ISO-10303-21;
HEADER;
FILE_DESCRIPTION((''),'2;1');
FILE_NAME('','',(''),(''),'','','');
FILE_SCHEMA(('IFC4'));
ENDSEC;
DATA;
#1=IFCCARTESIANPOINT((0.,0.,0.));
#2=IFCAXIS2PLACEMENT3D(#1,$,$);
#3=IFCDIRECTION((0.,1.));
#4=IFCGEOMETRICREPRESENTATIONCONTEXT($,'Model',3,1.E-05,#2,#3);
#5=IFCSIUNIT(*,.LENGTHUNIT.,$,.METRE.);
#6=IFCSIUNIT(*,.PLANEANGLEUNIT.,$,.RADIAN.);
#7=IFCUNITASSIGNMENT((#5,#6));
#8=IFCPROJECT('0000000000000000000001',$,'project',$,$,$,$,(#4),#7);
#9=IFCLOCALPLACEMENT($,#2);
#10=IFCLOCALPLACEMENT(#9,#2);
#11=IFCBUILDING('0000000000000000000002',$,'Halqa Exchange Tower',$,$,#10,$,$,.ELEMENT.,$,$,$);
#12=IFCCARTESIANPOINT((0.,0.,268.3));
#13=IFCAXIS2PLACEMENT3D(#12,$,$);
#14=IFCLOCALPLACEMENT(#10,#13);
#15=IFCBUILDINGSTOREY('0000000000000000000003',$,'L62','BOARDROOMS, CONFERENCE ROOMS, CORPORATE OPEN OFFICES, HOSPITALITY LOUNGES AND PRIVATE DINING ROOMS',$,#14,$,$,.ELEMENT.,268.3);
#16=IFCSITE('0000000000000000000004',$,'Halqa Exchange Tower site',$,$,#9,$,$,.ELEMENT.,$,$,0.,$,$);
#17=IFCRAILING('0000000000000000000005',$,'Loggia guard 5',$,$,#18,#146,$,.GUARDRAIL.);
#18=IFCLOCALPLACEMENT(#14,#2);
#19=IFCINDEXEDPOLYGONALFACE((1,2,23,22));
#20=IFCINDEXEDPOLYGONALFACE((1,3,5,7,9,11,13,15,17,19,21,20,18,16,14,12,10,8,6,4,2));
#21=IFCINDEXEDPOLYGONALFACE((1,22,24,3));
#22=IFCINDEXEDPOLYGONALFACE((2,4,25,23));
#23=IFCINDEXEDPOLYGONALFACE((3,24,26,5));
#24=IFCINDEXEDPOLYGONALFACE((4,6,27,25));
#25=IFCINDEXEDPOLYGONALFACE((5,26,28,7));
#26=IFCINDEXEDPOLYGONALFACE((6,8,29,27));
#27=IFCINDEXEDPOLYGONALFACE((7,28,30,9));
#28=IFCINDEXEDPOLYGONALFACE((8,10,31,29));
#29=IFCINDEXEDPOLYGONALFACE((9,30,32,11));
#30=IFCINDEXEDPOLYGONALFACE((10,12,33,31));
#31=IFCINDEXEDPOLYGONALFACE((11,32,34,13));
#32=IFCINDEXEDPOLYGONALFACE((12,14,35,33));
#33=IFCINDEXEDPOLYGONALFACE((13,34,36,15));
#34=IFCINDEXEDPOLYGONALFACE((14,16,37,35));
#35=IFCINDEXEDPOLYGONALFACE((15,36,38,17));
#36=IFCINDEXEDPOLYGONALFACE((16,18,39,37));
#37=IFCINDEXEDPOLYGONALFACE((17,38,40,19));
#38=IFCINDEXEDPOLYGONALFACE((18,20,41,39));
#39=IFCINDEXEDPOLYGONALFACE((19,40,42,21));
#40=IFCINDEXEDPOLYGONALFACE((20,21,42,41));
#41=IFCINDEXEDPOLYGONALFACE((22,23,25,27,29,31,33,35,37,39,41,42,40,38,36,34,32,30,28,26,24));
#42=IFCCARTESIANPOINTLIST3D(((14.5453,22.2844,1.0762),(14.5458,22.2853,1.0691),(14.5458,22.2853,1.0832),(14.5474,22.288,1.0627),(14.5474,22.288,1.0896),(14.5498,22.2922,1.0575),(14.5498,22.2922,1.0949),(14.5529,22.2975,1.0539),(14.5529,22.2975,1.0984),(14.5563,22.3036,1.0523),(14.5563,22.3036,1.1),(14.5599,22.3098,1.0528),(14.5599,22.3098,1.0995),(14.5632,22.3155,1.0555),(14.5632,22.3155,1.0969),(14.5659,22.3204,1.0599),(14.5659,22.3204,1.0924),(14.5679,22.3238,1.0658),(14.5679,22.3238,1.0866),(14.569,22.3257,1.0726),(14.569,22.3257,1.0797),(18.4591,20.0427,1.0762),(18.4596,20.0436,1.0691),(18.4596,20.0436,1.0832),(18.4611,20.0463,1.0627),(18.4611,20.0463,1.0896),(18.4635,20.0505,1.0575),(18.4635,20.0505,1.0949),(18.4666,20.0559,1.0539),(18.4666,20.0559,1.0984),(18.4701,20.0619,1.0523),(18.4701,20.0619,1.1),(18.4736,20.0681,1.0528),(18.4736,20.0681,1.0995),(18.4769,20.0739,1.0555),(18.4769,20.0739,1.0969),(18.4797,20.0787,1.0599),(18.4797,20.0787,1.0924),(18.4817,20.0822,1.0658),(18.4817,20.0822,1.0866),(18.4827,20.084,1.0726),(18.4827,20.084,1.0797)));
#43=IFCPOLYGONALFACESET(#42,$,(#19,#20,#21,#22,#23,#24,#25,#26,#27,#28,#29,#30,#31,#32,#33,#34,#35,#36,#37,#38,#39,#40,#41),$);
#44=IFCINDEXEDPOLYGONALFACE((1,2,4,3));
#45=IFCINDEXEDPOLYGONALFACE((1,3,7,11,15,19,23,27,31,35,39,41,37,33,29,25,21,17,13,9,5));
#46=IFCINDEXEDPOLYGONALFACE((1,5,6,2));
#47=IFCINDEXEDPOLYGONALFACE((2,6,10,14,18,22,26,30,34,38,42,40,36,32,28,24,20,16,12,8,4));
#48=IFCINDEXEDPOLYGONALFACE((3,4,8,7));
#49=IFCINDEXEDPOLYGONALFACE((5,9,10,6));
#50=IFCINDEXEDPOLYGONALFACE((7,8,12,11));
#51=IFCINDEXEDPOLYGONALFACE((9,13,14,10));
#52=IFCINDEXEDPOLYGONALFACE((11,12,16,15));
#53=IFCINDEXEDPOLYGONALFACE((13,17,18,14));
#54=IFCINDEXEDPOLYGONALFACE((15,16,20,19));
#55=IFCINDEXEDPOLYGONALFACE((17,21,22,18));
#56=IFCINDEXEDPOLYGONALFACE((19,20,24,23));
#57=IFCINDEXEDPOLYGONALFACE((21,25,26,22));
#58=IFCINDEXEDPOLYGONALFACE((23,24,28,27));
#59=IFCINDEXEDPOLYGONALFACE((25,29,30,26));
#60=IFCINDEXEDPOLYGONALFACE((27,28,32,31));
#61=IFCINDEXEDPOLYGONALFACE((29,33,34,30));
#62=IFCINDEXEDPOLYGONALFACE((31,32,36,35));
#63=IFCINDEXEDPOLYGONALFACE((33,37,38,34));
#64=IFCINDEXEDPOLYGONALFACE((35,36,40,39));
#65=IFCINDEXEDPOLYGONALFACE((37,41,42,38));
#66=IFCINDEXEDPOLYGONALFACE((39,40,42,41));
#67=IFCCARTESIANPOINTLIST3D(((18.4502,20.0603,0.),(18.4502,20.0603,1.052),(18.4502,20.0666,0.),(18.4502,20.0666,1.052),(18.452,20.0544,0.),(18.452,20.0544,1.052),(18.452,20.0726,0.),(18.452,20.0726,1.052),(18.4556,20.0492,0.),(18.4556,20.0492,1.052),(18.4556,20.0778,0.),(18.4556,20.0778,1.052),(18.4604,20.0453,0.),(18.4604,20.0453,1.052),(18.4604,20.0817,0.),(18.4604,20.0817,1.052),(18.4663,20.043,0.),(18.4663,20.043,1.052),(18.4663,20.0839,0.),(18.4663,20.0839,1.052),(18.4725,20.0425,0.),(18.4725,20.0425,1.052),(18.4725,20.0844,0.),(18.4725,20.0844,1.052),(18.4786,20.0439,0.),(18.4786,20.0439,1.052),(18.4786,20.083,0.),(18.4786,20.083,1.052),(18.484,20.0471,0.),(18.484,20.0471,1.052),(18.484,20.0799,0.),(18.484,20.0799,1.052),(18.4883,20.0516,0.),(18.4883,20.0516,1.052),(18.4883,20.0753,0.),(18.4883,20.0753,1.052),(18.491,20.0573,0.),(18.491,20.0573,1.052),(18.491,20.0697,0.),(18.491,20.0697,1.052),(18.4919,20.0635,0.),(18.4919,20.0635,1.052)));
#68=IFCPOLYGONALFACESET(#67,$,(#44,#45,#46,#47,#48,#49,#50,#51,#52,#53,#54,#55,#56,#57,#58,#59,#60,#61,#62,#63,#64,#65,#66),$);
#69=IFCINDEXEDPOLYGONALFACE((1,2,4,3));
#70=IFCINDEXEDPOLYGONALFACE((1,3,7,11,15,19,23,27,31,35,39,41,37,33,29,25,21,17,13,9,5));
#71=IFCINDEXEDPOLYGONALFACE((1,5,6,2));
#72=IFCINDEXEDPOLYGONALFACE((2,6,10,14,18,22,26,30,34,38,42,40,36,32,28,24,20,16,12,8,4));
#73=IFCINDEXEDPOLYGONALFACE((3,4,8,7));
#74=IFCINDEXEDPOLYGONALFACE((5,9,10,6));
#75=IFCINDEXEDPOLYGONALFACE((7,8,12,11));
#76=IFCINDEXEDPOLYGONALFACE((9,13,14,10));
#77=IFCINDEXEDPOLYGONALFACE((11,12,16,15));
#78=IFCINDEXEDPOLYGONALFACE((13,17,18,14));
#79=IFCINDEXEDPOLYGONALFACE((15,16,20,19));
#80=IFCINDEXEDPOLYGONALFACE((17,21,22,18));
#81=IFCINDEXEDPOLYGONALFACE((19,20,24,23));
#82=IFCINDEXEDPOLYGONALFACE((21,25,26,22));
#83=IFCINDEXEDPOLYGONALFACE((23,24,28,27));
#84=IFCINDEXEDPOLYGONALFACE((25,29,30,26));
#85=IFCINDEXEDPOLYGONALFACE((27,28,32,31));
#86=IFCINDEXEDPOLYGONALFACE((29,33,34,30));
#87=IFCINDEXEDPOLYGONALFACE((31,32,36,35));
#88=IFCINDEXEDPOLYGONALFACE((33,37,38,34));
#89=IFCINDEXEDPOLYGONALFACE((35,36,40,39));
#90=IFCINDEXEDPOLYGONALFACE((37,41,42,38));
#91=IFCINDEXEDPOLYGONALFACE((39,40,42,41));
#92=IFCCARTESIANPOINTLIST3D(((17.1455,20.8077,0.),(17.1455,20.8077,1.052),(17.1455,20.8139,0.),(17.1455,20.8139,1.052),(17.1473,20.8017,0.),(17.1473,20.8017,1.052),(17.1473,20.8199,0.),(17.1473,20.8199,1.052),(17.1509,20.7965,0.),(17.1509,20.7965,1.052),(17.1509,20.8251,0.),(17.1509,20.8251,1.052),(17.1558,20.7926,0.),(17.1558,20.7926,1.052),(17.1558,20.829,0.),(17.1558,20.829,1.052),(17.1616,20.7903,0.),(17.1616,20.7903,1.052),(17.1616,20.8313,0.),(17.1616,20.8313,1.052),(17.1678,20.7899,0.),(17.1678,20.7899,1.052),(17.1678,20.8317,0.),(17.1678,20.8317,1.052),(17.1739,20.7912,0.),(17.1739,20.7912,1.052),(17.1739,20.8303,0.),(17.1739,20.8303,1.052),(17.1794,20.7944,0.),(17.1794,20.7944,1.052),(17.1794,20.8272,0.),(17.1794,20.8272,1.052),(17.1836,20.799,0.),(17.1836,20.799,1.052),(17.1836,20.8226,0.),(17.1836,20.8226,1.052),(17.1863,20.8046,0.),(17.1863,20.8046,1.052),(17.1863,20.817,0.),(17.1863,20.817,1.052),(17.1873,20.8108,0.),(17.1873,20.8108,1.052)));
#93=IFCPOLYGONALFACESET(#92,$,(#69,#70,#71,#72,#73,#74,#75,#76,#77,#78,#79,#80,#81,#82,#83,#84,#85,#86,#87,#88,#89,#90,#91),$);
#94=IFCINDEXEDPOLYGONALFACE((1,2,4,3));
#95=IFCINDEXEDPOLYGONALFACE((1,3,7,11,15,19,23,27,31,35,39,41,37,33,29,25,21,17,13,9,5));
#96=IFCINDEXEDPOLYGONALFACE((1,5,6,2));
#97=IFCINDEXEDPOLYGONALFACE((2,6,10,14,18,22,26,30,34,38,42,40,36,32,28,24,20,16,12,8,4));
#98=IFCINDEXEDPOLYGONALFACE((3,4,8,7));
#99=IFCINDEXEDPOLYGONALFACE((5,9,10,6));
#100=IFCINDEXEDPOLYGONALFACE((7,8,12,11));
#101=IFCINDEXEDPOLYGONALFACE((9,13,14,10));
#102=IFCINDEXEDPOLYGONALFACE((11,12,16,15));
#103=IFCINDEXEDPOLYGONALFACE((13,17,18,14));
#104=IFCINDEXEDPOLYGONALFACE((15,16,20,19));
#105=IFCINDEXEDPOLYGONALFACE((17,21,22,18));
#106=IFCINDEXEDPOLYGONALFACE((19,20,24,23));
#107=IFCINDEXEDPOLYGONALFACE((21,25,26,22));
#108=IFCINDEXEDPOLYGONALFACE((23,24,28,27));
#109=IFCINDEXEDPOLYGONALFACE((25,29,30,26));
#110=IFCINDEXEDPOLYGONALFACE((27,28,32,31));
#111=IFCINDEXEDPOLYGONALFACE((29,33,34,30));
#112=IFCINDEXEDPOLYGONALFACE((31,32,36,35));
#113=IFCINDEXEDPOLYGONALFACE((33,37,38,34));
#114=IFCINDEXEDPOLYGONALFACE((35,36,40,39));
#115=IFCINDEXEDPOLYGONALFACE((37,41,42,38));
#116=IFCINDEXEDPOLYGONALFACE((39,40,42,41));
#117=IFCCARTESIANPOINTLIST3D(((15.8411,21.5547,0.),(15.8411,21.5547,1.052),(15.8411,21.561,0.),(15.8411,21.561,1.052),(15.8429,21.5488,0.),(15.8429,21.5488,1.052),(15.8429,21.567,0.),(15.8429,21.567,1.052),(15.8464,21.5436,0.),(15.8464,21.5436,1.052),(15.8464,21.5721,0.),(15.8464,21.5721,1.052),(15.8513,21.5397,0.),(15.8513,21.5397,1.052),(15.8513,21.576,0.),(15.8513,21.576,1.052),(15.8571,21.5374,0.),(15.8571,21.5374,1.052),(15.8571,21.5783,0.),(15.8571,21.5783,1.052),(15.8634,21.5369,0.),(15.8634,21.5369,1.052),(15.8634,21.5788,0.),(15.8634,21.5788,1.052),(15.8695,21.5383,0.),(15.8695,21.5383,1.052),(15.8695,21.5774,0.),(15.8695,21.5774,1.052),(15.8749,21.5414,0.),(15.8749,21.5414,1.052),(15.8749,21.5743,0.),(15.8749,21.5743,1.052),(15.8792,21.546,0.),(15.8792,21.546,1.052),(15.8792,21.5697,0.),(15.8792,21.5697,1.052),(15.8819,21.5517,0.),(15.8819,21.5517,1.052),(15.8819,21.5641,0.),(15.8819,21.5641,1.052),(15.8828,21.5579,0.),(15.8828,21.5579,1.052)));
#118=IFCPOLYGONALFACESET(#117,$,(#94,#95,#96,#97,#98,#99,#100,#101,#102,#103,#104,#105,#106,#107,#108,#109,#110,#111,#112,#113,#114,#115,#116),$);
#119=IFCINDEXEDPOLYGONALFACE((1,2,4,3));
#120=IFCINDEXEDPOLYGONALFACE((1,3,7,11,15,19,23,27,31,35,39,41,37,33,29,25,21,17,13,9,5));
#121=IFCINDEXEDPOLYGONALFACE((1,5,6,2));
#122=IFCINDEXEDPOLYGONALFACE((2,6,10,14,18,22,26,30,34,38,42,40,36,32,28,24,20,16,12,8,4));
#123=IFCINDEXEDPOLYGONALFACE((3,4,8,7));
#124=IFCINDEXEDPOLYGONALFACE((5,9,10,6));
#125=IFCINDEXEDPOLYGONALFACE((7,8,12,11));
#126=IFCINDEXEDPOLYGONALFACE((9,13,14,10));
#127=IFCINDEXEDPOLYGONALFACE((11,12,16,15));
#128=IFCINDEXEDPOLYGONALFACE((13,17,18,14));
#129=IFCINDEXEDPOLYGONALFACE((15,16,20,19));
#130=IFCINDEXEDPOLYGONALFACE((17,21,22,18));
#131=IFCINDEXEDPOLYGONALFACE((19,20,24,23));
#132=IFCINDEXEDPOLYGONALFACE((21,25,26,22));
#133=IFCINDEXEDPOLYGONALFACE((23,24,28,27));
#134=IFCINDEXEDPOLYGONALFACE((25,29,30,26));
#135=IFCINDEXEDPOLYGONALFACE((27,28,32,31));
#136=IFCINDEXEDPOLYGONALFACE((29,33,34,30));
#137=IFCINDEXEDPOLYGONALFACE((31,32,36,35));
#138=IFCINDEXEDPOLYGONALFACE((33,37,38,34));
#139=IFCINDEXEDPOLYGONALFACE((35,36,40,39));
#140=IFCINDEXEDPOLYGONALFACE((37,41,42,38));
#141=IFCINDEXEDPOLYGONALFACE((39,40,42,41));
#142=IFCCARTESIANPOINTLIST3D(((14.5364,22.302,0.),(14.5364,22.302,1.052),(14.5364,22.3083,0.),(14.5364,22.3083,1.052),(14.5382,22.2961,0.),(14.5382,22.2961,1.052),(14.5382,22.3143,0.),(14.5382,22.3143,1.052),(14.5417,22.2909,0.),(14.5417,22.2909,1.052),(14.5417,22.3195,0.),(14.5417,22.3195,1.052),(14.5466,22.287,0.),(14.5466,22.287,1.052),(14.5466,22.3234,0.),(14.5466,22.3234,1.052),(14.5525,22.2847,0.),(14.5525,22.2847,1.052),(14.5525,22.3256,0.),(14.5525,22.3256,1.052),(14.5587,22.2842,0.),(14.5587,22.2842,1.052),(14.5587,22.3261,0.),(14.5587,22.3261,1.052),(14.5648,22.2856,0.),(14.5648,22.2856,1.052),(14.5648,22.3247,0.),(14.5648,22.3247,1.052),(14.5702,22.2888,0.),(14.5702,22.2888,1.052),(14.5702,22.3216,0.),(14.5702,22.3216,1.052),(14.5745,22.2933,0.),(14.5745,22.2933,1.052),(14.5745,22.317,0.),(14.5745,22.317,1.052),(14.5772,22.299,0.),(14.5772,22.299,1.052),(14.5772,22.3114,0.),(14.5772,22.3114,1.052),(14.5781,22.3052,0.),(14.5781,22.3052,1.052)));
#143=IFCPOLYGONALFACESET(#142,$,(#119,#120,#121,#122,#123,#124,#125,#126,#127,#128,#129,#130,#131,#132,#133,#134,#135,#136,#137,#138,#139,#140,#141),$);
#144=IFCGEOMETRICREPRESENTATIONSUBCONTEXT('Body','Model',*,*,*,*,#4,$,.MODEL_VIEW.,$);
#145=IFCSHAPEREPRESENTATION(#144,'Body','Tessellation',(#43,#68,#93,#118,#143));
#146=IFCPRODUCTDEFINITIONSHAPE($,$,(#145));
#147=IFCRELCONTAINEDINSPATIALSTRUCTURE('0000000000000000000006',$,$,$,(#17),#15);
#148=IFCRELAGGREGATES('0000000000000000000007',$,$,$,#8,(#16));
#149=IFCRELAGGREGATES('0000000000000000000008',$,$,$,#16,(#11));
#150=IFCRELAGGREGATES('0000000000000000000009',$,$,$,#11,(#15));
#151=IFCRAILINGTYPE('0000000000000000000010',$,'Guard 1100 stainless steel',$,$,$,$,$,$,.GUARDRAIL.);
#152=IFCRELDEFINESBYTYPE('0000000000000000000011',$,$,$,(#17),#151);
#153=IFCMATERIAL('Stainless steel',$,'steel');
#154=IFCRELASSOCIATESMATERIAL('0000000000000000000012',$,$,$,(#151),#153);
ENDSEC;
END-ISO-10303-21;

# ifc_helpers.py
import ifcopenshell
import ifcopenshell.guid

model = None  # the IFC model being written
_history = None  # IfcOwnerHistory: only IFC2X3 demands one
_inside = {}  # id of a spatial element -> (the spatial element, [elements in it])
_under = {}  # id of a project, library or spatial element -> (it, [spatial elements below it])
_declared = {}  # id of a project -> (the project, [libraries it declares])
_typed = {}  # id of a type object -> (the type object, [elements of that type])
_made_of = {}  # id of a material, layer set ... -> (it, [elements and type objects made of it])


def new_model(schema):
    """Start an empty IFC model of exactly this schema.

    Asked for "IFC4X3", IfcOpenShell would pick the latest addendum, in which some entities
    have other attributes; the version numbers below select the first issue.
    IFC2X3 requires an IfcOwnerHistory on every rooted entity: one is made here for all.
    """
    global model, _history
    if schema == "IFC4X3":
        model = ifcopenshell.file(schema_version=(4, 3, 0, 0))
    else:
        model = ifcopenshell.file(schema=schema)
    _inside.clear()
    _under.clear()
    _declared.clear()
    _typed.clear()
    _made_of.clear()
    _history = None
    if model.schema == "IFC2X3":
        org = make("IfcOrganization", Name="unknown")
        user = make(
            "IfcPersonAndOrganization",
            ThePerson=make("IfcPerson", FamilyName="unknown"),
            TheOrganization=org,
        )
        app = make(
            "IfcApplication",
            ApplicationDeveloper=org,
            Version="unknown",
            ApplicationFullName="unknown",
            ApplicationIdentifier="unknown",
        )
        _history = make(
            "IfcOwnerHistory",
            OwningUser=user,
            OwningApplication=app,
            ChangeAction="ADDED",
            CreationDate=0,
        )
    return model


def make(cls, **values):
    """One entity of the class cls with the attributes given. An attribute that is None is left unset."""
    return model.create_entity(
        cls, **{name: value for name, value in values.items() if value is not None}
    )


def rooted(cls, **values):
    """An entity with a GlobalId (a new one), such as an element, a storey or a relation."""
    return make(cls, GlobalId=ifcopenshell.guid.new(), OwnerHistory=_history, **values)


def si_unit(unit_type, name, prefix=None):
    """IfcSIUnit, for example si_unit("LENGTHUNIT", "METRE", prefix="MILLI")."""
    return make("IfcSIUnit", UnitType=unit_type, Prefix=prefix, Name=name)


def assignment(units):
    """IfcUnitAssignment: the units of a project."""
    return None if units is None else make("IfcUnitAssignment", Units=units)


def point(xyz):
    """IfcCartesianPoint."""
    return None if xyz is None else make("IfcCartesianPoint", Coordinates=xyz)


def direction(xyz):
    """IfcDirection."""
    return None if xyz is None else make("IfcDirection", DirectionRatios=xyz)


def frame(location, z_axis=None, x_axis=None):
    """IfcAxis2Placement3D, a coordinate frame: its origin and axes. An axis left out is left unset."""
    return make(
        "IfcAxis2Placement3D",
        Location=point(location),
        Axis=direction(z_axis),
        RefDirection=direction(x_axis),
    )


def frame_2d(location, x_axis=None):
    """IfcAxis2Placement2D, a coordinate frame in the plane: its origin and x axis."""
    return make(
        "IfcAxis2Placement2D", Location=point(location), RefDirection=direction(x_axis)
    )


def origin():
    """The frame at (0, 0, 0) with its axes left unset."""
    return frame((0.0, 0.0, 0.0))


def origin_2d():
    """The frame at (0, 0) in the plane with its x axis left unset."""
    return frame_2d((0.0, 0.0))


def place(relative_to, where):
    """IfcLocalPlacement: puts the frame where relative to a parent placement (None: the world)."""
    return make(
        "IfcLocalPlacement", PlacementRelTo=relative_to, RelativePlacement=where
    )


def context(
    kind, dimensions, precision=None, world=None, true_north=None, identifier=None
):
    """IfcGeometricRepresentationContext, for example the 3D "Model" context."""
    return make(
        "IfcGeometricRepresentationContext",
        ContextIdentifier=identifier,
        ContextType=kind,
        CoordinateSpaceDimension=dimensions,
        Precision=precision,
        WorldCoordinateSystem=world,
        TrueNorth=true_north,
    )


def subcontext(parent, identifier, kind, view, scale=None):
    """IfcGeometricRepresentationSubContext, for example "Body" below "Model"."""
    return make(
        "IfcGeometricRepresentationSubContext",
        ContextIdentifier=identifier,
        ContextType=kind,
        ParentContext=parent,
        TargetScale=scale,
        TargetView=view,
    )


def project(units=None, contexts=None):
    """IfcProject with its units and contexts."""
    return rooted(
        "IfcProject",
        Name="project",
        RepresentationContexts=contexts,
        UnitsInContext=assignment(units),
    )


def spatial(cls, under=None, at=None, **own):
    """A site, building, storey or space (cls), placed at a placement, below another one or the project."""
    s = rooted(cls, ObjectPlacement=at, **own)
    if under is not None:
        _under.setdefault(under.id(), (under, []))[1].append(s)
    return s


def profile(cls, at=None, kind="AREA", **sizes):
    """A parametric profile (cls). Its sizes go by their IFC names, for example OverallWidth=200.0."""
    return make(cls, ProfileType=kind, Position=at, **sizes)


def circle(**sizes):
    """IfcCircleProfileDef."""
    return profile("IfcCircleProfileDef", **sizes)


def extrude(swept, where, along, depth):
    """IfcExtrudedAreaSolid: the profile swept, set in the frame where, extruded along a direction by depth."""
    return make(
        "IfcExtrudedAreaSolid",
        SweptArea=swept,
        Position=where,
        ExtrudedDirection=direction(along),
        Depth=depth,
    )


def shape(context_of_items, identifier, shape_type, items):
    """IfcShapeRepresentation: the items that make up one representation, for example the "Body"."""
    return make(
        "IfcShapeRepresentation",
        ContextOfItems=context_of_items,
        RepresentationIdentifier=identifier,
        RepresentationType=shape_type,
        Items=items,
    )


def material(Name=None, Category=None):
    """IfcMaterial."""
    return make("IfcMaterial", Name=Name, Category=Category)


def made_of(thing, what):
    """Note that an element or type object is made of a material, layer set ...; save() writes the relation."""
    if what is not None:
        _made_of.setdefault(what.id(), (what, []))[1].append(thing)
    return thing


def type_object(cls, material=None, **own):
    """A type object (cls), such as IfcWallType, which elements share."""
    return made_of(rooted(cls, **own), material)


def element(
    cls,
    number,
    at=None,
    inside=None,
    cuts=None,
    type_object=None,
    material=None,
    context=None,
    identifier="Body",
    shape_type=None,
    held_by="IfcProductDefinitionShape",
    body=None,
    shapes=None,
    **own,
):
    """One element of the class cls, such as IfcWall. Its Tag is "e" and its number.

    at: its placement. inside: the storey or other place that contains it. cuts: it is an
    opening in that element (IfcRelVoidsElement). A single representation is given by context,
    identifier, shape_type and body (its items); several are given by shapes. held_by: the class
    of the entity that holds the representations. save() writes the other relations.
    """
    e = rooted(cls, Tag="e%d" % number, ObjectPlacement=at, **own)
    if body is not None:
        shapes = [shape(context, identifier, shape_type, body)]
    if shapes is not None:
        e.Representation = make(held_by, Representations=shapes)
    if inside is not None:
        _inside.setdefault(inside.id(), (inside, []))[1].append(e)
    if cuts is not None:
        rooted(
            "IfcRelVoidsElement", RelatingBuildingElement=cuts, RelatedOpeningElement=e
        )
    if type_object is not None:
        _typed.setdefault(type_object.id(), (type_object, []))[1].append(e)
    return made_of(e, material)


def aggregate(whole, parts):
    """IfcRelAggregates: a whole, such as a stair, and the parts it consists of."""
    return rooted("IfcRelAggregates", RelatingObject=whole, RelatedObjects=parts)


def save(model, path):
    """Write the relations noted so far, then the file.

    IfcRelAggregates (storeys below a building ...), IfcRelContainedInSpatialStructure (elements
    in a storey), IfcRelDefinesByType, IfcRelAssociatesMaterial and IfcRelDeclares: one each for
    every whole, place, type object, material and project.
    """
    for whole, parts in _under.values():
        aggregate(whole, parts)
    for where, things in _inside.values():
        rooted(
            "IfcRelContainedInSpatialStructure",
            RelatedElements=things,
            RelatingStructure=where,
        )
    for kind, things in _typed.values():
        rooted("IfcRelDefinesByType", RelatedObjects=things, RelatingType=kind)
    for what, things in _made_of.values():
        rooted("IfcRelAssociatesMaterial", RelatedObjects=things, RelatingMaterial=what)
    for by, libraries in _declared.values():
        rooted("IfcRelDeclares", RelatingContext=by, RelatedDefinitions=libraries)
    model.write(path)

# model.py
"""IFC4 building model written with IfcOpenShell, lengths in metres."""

from ifc_helpers import new_model, si_unit, direction, frame, origin, origin_2d, place, context, subcontext, project, spatial, circle, extrude, material, type_object, element, save


model = new_model("IFC4")

# Units and contexts
model_context = context("Model", 3, precision=1e-05, world=origin(), true_north=direction((0.0, 1.0)))
body_context = subcontext(model_context, "Body", "Model", "MODEL_VIEW")
ifc_project = project(units=[si_unit("LENGTHUNIT", "METRE"), si_unit("PLANEANGLEUNIT", "RADIAN")], contexts=[model_context])

# Site, building, storey
site_placement = place(None, origin())
site = spatial("IfcSite", under=ifc_project, at=site_placement, Name="Halqa Exchange Tower site", CompositionType="ELEMENT", RefElevation=0.0)
building_placement = place(site_placement, origin())
building = spatial("IfcBuilding", under=site, at=building_placement, Name="Halqa Exchange Tower", CompositionType="ELEMENT")
storey_placement = place(building_placement, frame((0.0, 0.0, 268.3)))
storey = spatial("IfcBuildingStorey", under=building, at=storey_placement, Name="L62", Description="BOARDROOMS, CONFERENCE ROOMS, CORPORATE OPEN OFFICES, HOSPITALITY LOUNGES AND PRIVATE DINING ROOMS", CompositionType="ELEMENT", Elevation=268.3)

# Railing
ifc_material_1 = material(Name="Stainless steel", Category="steel")
railing_type = type_object("IfcRailingType", Name="Guard 1100 stainless steel", PredefinedType="GUARDRAIL", material=ifc_material_1)
railing_1_placement = place(storey_placement, frame((18.4709, 20.0635, 0.0)))
element("IfcRailing", 1, at=railing_1_placement, inside=storey, type_object=railing_type, Name="Loggia guard 5", PredefinedType="GUARDRAIL", context=body_context, shape_type="SweptSolid", body=[
    extrude(circle(Radius=0.0239, at=origin_2d()), frame((0.0, 0.0, 1.0762), z_axis=(-0.867743, 0.497013, 0.0), x_axis=(-0.497013, -0.867743, 0.0)), (0.0, 0.0, 1.0), 4.5103),
    extrude(circle(Radius=0.021, at=origin_2d()), origin(), (0.0, 0.0, 1.0), 1.052),
    extrude(circle(Radius=0.021, at=origin_2d()), frame((-1.3047, 0.7473, 0.0)), (0.0, 0.0, 1.0), 1.052),
    extrude(circle(Radius=0.021, at=origin_2d()), frame((-2.6091, 1.4944, 0.0)), (0.0, 0.0, 1.0), 1.052),
    extrude(circle(Radius=0.021, at=origin_2d()), frame((-3.9138, 2.2417, 0.0)), (0.0, 0.0, 1.0), 1.052),
])

save(model, "model.ifc")
